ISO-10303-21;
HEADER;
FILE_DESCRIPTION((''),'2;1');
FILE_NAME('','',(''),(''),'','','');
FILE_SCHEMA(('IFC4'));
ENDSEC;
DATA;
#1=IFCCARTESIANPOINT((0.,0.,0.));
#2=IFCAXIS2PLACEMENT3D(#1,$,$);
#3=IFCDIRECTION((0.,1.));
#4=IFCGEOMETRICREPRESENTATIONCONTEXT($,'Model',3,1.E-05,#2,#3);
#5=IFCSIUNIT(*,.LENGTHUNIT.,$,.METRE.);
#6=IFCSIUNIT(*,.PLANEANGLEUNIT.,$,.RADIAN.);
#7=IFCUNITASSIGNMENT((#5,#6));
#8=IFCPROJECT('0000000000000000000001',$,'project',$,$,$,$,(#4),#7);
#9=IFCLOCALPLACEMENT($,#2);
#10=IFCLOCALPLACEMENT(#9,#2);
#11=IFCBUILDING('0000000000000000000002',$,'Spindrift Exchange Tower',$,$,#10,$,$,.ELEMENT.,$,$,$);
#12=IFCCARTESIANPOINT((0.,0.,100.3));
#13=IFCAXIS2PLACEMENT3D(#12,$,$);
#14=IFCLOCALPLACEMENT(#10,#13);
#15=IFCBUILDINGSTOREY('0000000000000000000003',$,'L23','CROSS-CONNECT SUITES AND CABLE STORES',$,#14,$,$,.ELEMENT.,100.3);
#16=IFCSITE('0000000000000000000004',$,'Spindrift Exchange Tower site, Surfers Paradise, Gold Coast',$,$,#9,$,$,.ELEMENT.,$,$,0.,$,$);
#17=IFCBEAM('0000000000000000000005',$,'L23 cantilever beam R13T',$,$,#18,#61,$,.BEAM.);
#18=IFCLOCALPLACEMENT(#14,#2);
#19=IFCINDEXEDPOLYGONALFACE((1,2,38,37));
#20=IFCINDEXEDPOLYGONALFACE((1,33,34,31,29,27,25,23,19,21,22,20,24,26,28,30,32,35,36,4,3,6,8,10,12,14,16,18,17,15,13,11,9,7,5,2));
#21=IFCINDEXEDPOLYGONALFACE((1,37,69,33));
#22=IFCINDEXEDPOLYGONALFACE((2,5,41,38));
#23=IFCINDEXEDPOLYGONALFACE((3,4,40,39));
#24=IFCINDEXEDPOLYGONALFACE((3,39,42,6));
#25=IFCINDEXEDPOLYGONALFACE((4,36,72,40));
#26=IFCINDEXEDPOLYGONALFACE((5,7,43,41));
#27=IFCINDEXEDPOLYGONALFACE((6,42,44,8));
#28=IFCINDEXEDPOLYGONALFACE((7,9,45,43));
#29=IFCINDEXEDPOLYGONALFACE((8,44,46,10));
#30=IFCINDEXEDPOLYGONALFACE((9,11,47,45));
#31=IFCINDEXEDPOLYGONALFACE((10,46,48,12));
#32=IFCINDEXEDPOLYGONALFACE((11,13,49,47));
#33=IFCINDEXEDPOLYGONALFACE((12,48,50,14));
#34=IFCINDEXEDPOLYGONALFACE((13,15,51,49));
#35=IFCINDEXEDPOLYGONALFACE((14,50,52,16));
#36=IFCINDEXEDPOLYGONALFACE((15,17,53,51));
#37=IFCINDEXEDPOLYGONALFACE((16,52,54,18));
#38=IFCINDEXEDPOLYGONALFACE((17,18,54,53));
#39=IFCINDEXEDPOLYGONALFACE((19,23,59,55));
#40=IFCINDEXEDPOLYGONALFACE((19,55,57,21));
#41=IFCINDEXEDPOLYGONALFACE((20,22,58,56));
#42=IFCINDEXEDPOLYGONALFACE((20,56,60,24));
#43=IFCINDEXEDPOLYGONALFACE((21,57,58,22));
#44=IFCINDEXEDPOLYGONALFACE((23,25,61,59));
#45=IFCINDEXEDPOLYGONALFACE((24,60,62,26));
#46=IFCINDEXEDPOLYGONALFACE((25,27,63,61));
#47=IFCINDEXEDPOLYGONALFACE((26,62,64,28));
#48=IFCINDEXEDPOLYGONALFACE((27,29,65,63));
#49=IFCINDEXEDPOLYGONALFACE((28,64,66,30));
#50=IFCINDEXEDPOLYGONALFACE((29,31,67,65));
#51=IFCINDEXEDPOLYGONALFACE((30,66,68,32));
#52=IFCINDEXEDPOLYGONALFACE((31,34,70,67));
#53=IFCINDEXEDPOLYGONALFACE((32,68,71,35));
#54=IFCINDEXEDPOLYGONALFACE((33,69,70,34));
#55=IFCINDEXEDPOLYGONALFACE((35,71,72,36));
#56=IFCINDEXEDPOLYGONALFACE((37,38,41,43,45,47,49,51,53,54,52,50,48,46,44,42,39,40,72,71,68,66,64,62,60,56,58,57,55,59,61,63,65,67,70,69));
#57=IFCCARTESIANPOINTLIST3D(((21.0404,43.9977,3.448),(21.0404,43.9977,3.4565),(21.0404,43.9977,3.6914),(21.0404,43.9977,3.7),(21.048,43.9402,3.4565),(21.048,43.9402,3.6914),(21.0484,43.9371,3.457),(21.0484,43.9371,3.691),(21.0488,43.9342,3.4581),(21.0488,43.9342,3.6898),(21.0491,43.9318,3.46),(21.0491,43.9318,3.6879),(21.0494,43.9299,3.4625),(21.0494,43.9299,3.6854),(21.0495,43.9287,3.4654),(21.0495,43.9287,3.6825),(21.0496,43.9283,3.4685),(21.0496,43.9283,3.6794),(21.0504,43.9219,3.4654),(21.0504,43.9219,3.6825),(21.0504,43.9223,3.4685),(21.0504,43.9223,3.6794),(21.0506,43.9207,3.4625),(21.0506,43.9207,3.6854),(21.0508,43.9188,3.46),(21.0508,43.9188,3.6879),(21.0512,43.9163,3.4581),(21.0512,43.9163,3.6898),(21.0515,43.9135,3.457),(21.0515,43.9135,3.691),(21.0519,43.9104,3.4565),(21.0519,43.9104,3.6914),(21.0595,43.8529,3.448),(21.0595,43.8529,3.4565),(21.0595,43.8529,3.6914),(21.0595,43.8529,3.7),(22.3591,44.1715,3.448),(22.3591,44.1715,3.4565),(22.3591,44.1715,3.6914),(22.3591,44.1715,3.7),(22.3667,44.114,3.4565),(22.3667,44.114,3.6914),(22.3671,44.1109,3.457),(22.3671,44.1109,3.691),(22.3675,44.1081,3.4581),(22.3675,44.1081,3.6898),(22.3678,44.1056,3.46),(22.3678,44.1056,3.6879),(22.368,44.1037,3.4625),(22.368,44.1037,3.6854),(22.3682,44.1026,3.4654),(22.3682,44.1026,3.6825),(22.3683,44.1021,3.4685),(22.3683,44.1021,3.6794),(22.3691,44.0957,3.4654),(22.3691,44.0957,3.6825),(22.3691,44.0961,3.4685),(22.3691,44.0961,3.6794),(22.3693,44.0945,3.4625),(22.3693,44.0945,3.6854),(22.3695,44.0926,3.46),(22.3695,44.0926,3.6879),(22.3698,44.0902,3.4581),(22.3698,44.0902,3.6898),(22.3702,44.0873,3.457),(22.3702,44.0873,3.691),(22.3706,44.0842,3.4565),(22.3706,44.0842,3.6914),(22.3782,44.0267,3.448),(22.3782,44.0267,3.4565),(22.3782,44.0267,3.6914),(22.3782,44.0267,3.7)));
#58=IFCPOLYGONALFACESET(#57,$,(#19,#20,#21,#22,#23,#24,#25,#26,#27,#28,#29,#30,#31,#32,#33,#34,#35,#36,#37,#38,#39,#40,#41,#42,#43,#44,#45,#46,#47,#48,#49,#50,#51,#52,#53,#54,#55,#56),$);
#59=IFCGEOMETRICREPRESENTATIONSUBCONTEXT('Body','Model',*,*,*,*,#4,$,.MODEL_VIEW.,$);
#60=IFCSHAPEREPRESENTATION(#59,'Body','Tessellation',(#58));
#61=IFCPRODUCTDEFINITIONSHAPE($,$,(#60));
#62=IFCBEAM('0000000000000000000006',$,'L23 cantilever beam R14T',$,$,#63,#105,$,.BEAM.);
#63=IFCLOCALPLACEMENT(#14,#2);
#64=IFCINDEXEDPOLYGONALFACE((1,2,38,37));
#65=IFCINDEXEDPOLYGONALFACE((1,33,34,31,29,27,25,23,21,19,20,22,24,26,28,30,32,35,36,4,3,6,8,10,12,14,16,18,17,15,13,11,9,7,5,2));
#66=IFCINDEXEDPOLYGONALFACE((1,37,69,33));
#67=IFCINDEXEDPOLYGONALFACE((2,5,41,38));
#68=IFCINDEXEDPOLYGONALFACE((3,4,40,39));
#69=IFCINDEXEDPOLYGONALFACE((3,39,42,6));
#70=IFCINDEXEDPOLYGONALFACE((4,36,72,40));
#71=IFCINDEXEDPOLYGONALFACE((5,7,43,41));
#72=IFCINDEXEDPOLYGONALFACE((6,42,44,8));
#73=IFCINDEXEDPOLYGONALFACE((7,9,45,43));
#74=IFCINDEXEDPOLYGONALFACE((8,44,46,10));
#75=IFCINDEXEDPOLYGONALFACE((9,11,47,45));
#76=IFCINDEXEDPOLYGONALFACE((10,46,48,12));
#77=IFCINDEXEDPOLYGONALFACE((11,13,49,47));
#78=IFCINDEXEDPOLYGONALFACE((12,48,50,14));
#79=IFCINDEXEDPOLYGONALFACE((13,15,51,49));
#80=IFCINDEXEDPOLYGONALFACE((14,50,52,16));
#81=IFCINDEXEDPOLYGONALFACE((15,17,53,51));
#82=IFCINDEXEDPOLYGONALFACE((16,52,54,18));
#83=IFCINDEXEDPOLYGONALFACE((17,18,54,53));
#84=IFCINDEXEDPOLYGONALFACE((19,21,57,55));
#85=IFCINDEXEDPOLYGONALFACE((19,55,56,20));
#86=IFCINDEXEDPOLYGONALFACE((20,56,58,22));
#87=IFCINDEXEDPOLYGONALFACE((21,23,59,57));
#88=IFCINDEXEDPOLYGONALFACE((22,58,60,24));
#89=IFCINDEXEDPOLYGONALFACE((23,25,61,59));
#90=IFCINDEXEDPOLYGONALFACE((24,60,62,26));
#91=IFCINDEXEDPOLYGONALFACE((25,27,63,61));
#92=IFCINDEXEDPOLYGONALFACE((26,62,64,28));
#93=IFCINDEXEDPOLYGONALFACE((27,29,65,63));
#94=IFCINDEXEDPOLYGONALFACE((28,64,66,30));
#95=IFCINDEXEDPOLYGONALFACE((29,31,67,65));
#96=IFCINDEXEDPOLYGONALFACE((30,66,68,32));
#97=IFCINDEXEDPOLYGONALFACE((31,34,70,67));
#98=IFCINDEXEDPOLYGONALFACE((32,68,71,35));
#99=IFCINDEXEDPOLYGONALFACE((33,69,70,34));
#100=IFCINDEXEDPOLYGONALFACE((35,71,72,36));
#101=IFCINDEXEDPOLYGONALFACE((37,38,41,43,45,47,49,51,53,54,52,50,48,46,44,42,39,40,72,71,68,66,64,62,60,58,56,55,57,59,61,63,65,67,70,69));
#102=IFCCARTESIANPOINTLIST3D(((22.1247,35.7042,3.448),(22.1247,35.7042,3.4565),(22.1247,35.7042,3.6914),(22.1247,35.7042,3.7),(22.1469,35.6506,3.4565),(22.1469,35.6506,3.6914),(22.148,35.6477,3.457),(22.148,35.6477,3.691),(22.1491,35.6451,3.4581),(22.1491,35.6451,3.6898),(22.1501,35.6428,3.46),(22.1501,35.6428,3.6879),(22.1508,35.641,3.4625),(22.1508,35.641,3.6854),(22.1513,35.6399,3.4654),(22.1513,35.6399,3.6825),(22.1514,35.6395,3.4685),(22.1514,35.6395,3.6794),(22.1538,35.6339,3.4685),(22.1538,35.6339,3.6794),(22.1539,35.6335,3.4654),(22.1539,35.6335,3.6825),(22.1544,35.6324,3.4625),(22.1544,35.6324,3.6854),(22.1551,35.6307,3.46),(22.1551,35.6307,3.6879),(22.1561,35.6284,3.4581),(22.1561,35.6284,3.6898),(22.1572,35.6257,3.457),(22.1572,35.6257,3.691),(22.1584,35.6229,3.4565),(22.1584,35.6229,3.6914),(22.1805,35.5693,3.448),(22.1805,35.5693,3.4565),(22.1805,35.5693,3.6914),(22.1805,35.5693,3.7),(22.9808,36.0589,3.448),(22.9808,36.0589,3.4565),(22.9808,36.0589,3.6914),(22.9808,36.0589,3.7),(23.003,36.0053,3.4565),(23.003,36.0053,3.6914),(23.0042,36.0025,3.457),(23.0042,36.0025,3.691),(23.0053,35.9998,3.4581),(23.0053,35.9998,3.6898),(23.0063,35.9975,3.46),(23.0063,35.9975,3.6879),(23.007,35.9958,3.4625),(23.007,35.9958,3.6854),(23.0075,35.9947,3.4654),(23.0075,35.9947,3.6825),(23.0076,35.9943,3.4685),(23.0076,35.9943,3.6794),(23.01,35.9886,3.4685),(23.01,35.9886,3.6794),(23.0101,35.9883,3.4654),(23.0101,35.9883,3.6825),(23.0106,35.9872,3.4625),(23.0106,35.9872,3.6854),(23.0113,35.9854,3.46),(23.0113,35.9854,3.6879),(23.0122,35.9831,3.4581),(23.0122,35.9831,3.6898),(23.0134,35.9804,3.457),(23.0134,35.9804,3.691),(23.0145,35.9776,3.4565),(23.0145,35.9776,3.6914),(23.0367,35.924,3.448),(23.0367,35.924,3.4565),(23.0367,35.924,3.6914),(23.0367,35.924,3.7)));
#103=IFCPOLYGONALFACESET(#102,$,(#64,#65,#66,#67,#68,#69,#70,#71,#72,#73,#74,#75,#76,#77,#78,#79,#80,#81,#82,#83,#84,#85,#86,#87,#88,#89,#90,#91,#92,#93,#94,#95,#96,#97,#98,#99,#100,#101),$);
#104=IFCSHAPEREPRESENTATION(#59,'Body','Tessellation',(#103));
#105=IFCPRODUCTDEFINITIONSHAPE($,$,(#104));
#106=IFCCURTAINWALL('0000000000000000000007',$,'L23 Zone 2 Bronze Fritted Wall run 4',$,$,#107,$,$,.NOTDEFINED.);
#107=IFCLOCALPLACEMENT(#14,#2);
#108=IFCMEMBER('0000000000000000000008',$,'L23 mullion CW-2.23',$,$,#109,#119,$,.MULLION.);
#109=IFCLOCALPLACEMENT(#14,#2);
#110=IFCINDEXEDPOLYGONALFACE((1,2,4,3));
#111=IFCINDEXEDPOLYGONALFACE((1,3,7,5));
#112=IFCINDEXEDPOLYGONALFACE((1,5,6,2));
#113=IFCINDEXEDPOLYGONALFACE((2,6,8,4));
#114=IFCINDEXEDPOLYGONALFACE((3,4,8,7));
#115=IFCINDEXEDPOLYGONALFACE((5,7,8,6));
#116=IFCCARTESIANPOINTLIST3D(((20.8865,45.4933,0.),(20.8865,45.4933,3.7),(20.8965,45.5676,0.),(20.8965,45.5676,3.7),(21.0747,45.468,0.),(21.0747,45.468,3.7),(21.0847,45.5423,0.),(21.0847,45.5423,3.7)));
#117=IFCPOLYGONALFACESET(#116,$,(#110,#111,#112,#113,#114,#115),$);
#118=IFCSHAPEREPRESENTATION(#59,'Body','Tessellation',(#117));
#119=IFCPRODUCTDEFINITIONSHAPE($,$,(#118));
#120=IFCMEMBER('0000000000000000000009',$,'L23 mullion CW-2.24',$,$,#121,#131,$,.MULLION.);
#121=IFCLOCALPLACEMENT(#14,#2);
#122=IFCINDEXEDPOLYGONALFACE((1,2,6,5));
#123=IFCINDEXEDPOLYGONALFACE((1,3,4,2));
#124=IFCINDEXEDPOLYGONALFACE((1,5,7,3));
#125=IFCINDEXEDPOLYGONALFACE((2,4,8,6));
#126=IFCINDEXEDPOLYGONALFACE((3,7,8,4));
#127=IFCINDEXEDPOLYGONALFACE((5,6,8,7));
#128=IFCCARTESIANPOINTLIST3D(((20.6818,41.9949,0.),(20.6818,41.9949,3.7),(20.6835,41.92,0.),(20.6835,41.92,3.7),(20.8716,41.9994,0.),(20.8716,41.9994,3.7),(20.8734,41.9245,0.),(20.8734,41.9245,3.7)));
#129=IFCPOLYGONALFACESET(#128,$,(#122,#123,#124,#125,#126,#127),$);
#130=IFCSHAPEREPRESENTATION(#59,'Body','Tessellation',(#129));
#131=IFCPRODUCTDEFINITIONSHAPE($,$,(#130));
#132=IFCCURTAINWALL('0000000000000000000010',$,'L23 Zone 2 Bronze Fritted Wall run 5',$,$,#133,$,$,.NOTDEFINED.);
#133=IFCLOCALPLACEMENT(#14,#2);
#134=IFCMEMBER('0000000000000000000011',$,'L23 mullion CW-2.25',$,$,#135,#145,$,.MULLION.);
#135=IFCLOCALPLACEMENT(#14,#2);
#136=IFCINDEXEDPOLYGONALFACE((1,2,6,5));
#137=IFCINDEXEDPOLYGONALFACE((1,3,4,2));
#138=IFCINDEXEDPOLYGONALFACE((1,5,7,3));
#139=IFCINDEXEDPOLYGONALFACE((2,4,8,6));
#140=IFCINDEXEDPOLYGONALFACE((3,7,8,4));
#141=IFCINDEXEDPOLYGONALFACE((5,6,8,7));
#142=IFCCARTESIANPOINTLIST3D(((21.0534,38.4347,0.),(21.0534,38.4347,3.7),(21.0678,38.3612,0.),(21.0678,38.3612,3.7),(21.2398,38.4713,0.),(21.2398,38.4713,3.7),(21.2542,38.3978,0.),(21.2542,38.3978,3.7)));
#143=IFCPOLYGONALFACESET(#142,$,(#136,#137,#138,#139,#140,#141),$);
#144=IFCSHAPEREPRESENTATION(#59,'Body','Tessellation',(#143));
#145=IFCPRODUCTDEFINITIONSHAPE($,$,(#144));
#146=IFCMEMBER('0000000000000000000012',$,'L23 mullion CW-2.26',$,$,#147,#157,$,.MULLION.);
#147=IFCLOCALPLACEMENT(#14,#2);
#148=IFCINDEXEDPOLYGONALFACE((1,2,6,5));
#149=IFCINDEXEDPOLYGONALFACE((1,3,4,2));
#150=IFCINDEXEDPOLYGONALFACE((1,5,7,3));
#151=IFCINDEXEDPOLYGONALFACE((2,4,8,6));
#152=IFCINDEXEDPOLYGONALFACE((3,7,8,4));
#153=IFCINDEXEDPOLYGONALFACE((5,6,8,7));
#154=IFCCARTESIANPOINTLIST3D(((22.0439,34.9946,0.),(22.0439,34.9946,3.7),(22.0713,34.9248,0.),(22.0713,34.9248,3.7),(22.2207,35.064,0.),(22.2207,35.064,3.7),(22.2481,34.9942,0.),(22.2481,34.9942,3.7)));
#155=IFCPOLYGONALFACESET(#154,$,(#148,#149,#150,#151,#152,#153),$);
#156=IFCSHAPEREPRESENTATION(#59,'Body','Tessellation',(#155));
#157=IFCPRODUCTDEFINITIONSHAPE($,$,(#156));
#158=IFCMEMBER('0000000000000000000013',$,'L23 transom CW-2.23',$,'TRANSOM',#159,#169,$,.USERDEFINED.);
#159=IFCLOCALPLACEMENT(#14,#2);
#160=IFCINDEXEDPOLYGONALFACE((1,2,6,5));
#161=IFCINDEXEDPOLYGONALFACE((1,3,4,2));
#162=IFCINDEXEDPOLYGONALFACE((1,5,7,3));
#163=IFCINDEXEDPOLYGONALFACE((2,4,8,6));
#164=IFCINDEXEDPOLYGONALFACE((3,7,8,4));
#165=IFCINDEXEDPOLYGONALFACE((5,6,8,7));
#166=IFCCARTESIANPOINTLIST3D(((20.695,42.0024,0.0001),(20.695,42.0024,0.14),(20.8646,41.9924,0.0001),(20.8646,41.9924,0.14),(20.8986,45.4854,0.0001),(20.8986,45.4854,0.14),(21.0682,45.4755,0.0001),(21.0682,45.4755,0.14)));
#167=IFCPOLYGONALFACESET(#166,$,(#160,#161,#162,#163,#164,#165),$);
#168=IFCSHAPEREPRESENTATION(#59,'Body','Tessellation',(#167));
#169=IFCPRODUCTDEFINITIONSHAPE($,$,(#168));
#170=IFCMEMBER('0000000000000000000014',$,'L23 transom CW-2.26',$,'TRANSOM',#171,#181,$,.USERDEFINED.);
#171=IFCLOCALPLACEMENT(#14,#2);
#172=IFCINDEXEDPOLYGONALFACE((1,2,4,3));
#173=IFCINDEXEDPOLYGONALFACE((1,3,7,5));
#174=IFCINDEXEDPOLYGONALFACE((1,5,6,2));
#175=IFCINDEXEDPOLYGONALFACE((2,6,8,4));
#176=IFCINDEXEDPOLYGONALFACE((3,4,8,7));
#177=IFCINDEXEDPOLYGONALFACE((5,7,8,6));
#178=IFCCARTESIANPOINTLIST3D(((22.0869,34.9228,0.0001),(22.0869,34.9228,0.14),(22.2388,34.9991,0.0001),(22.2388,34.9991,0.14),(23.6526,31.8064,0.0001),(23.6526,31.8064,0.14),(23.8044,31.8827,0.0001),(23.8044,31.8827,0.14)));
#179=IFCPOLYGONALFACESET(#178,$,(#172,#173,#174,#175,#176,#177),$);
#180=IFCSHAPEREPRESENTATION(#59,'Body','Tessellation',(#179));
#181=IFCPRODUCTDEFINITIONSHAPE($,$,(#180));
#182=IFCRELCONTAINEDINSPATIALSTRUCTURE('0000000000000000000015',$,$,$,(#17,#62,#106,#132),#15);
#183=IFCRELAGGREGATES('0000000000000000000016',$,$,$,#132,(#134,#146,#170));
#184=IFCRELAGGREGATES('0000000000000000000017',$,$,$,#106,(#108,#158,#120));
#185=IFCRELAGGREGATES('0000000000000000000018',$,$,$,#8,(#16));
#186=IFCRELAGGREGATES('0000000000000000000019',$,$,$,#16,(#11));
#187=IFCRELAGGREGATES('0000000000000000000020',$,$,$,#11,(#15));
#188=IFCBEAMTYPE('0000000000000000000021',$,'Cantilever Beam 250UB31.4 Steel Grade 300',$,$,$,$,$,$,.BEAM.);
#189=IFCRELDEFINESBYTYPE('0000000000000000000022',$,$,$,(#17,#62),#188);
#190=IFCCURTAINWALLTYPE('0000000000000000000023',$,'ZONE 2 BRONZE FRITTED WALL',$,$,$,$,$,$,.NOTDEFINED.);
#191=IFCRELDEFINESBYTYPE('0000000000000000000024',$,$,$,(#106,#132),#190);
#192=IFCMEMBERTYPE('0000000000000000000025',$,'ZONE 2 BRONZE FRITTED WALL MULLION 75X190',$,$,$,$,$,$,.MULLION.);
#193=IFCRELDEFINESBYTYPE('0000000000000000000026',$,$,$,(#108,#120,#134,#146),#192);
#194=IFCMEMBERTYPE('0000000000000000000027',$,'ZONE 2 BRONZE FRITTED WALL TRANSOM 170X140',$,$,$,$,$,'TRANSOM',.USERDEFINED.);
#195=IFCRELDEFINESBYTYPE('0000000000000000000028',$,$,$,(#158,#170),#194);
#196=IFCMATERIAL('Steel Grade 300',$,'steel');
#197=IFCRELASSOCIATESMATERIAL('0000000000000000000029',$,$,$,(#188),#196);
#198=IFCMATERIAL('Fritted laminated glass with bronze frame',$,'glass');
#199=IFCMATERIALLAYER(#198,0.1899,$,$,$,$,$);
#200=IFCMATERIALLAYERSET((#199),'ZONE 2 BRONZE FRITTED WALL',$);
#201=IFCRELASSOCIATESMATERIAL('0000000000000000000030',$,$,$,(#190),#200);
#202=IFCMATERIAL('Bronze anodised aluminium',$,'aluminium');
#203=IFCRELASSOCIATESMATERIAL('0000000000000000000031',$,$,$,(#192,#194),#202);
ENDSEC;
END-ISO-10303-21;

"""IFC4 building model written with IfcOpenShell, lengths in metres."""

from ifc_helpers import new_model, si_unit, direction, frame, origin, origin_2d, place, context, subcontext, project, spatial, rectangle, i_section, extrude, source, transform, mapped, material, layer, layer_set, material_profile, profile_set, type_object, element, aggregate, save


model = new_model("IFC4")

# Units and contexts
model_context = context("Model", 3, precision=1e-05, world=origin(), true_north=direction((0.0, 1.0)))
body_context = subcontext(model_context, "Body", "Model", "MODEL_VIEW")
ifc_project = project(units=[si_unit("LENGTHUNIT", "METRE"), si_unit("PLANEANGLEUNIT", "RADIAN")], contexts=[model_context])

# Site, building, storey
site_placement = place(None, origin())
site = spatial("IfcSite", under=ifc_project, at=site_placement, Name="Spindrift Exchange Tower site, Surfers Paradise, Gold Coast", CompositionType="ELEMENT", RefElevation=0.0)
building_placement = place(site_placement, origin())
building = spatial("IfcBuilding", under=site, at=building_placement, Name="Spindrift Exchange Tower", CompositionType="ELEMENT")
storey_placement = place(building_placement, frame((0.0, 0.0, 100.3)))
storey = spatial("IfcBuildingStorey", under=building, at=storey_placement, Name="L23", Description="CROSS-CONNECT SUITES AND CABLE STORES", CompositionType="ELEMENT", Elevation=100.3)

# Beams
ifc_material_1 = material(Name="Steel Grade 300", Category="steel")
ifc_material_profile_1 = material_profile(ifc_material_1, i_section(OverallWidth=0.146, OverallDepth=0.252, WebThickness=0.0061, FlangeThickness=0.0085, FilletRadius=0.012, at=origin_2d()), Name="250UB31.4")
ifc_profile_set_1 = profile_set([ifc_material_profile_1], Name="Steel Grade 300")
beam_type_1 = type_object("IfcBeamType", Name="Cantilever Beam 250UB31.4 Steel Grade 300", PredefinedType="BEAM", material=ifc_profile_set_1)
shared_shape_1 = source(origin(), body_context, "Body", "SweptSolid", [
    extrude(i_section(OverallWidth=0.146, OverallDepth=0.252, WebThickness=0.0061, FlangeThickness=0.0085, FilletRadius=0.012, at=origin_2d()), origin(), (0.0, 0.0, 1.0), 1.3301),
])
beam_1_placement = place(storey_placement, frame((22.3687, 44.0991, 3.574), z_axis=(-0.991422, -0.130697, 0.0), x_axis=(0.130697, -0.991422, 0.0)))
element("IfcBeam", 1, at=beam_1_placement, inside=storey, type_object=beam_type_1, Name="L23 cantilever beam R13T", PredefinedType="BEAM", context=body_context, shape_type="MappedRepresentation", body=[
    mapped(shared_shape_1, transform((0.0, 0.0, 0.0), scale=1.0)),
])
shared_shape_2 = source(origin(), body_context, "Body", "SweptSolid", [
    extrude(i_section(OverallWidth=0.146, OverallDepth=0.252, WebThickness=0.0061, FlangeThickness=0.0085, FilletRadius=0.012, at=origin_2d()), origin(), (0.0, 0.0, 1.0), 0.9268),
])
beam_2_placement = place(storey_placement, frame((23.0088, 35.9915, 3.574), z_axis=(-0.923847, -0.382763, 0.0), x_axis=(0.382763, -0.923847, 0.0)))
element("IfcBeam", 2, at=beam_2_placement, inside=storey, type_object=beam_type_1, Name="L23 cantilever beam R14T", PredefinedType="BEAM", context=body_context, shape_type="MappedRepresentation", body=[
    mapped(shared_shape_2, transform((0.0, 0.0, 0.0), scale=1.0)),
])

# Curtain walls, members
ifc_material_2 = material(Name="Fritted laminated glass with bronze frame", Category="glass")
ifc_layer_1 = layer(ifc_material_2, 0.1899)
ifc_layer_set_1 = layer_set([ifc_layer_1], Name="ZONE 2 BRONZE FRITTED WALL")
curtain_wall_type = type_object("IfcCurtainWallType", Name="ZONE 2 BRONZE FRITTED WALL", PredefinedType="NOTDEFINED", material=ifc_layer_set_1)
curtain_wall_1_placement = place(storey_placement, origin())
curtain_wall_1 = element("IfcCurtainWall", 3, at=curtain_wall_1_placement, inside=storey, type_object=curtain_wall_type, Name="L23 Zone 2 Bronze Fritted Wall run 4", PredefinedType="NOTDEFINED")
ifc_material_3 = material(Name="Bronze anodised aluminium", Category="aluminium")
ifc_material_profile_2 = material_profile(ifc_material_3, rectangle(XDim=0.075, YDim=0.1899, at=origin_2d()), Name="ZONE 2 BRONZE FRITTED WALL MULLION 75X190")
ifc_profile_set_2 = profile_set([ifc_material_profile_2], Name="Bronze anodised aluminium")
member_type_1 = type_object("IfcMemberType", Name="ZONE 2 BRONZE FRITTED WALL MULLION 75X190", PredefinedType="MULLION", material=ifc_profile_set_2)
shared_shape_3 = source(origin(), body_context, "Body", "SweptSolid", [
    extrude(rectangle(XDim=0.075, YDim=0.1899, at=origin_2d()), origin(), (0.0, 0.0, 1.0), 3.7),
])
member_1_placement = place(storey_placement, frame((20.9856, 45.5178, 0.0), z_axis=(0.0, 0.0, 1.0), x_axis=(-0.132998, -0.991116, 0.0)))
member_1 = element("IfcMember", 4, at=member_1_placement, type_object=member_type_1, Name="L23 mullion CW-2.23", PredefinedType="MULLION", context=body_context, shape_type="MappedRepresentation", body=[
    mapped(shared_shape_3, transform((0.0, 0.0, 0.0), scale=1.0)),
])
member_2_placement = place(storey_placement, frame((20.7776, 41.9597, 0.0), z_axis=(0.0, 0.0, 1.0), x_axis=(0.0237, -0.999719, 0.0)))
member_2 = element("IfcMember", 5, at=member_2_placement, type_object=member_type_1, Name="L23 mullion CW-2.24", PredefinedType="MULLION", context=body_context, shape_type="MappedRepresentation", body=[
    mapped(shared_shape_3, transform((0.0, 0.0, 0.0), scale=1.0)),
])
curtain_wall_2_placement = place(storey_placement, origin())
curtain_wall_2 = element("IfcCurtainWall", 6, at=curtain_wall_2_placement, inside=storey, type_object=curtain_wall_type, Name="L23 Zone 2 Bronze Fritted Wall run 5", PredefinedType="NOTDEFINED")
member_3_placement = place(storey_placement, frame((21.1538, 38.4163, 0.0), z_axis=(0.0, 0.0, 1.0), x_axis=(0.192793, -0.981239, 0.0)))
member_3 = element("IfcMember", 7, at=member_3_placement, type_object=member_type_1, Name="L23 mullion CW-2.25", PredefinedType="MULLION", context=body_context, shape_type="MappedRepresentation", body=[
    mapped(shared_shape_3, transform((0.0, 0.0, 0.0), scale=1.0)),
])
member_4_placement = place(storey_placement, frame((22.146, 34.9944, 0.0), z_axis=(0.0, 0.0, 1.0), x_axis=(0.365229, -0.930918, 0.0)))
member_4 = element("IfcMember", 8, at=member_4_placement, type_object=member_type_1, Name="L23 mullion CW-2.26", PredefinedType="MULLION", context=body_context, shape_type="MappedRepresentation", body=[
    mapped(shared_shape_3, transform((0.0, 0.0, 0.0), scale=1.0)),
])

# Members
ifc_material_profile_3 = material_profile(ifc_material_3, rectangle(XDim=0.1699, YDim=0.1399, at=origin_2d()), Name="ZONE 2 BRONZE FRITTED WALL TRANSOM 170X140")
ifc_profile_set_3 = profile_set([ifc_material_profile_3], Name="Bronze anodised aluminium")
member_type_2 = type_object("IfcMemberType", Name="ZONE 2 BRONZE FRITTED WALL TRANSOM 170X140", ElementType="TRANSOM", PredefinedType="USERDEFINED", material=ifc_profile_set_3)
shared_shape_4 = source(origin(), body_context, "Body", "SweptSolid", [
    extrude(rectangle(XDim=0.1699, YDim=0.1399, at=origin_2d()), origin(), (0.0, 0.0, 1.0), 3.489),
])
member_5_placement = place(storey_placement, frame((20.9834, 45.4805, 0.0701), z_axis=(-0.058357, -0.998296, 0.0), x_axis=(0.998296, -0.058357, 0.0)))
member_5 = element("IfcMember", 9, at=member_5_placement, type_object=member_type_2, Name="L23 transom CW-2.23", ObjectType="TRANSOM", PredefinedType="USERDEFINED", context=body_context, shape_type="MappedRepresentation", body=[
    mapped(shared_shape_4, transform((0.0, 0.0, 0.0), scale=1.0)),
])
shared_shape_5 = source(origin(), body_context, "Body", "SweptSolid", [
    extrude(rectangle(XDim=0.1699, YDim=0.1399, at=origin_2d()), origin(), (0.0, 0.0, 1.0), 3.4875),
])
member_6_placement = place(storey_placement, frame((22.1628, 34.9609, 0.0701), z_axis=(0.448921, -0.893572, 0.0), x_axis=(0.893572, 0.448921, 0.0)))
member_6 = element("IfcMember", 10, at=member_6_placement, type_object=member_type_2, Name="L23 transom CW-2.26", ObjectType="TRANSOM", PredefinedType="USERDEFINED", context=body_context, shape_type="MappedRepresentation", body=[
    mapped(shared_shape_5, transform((0.0, 0.0, 0.0), scale=1.0)),
])

aggregate(curtain_wall_2, [member_3, member_4, member_6])
aggregate(curtain_wall_1, [member_1, member_5, member_2])

save(model, "model.ifc")
